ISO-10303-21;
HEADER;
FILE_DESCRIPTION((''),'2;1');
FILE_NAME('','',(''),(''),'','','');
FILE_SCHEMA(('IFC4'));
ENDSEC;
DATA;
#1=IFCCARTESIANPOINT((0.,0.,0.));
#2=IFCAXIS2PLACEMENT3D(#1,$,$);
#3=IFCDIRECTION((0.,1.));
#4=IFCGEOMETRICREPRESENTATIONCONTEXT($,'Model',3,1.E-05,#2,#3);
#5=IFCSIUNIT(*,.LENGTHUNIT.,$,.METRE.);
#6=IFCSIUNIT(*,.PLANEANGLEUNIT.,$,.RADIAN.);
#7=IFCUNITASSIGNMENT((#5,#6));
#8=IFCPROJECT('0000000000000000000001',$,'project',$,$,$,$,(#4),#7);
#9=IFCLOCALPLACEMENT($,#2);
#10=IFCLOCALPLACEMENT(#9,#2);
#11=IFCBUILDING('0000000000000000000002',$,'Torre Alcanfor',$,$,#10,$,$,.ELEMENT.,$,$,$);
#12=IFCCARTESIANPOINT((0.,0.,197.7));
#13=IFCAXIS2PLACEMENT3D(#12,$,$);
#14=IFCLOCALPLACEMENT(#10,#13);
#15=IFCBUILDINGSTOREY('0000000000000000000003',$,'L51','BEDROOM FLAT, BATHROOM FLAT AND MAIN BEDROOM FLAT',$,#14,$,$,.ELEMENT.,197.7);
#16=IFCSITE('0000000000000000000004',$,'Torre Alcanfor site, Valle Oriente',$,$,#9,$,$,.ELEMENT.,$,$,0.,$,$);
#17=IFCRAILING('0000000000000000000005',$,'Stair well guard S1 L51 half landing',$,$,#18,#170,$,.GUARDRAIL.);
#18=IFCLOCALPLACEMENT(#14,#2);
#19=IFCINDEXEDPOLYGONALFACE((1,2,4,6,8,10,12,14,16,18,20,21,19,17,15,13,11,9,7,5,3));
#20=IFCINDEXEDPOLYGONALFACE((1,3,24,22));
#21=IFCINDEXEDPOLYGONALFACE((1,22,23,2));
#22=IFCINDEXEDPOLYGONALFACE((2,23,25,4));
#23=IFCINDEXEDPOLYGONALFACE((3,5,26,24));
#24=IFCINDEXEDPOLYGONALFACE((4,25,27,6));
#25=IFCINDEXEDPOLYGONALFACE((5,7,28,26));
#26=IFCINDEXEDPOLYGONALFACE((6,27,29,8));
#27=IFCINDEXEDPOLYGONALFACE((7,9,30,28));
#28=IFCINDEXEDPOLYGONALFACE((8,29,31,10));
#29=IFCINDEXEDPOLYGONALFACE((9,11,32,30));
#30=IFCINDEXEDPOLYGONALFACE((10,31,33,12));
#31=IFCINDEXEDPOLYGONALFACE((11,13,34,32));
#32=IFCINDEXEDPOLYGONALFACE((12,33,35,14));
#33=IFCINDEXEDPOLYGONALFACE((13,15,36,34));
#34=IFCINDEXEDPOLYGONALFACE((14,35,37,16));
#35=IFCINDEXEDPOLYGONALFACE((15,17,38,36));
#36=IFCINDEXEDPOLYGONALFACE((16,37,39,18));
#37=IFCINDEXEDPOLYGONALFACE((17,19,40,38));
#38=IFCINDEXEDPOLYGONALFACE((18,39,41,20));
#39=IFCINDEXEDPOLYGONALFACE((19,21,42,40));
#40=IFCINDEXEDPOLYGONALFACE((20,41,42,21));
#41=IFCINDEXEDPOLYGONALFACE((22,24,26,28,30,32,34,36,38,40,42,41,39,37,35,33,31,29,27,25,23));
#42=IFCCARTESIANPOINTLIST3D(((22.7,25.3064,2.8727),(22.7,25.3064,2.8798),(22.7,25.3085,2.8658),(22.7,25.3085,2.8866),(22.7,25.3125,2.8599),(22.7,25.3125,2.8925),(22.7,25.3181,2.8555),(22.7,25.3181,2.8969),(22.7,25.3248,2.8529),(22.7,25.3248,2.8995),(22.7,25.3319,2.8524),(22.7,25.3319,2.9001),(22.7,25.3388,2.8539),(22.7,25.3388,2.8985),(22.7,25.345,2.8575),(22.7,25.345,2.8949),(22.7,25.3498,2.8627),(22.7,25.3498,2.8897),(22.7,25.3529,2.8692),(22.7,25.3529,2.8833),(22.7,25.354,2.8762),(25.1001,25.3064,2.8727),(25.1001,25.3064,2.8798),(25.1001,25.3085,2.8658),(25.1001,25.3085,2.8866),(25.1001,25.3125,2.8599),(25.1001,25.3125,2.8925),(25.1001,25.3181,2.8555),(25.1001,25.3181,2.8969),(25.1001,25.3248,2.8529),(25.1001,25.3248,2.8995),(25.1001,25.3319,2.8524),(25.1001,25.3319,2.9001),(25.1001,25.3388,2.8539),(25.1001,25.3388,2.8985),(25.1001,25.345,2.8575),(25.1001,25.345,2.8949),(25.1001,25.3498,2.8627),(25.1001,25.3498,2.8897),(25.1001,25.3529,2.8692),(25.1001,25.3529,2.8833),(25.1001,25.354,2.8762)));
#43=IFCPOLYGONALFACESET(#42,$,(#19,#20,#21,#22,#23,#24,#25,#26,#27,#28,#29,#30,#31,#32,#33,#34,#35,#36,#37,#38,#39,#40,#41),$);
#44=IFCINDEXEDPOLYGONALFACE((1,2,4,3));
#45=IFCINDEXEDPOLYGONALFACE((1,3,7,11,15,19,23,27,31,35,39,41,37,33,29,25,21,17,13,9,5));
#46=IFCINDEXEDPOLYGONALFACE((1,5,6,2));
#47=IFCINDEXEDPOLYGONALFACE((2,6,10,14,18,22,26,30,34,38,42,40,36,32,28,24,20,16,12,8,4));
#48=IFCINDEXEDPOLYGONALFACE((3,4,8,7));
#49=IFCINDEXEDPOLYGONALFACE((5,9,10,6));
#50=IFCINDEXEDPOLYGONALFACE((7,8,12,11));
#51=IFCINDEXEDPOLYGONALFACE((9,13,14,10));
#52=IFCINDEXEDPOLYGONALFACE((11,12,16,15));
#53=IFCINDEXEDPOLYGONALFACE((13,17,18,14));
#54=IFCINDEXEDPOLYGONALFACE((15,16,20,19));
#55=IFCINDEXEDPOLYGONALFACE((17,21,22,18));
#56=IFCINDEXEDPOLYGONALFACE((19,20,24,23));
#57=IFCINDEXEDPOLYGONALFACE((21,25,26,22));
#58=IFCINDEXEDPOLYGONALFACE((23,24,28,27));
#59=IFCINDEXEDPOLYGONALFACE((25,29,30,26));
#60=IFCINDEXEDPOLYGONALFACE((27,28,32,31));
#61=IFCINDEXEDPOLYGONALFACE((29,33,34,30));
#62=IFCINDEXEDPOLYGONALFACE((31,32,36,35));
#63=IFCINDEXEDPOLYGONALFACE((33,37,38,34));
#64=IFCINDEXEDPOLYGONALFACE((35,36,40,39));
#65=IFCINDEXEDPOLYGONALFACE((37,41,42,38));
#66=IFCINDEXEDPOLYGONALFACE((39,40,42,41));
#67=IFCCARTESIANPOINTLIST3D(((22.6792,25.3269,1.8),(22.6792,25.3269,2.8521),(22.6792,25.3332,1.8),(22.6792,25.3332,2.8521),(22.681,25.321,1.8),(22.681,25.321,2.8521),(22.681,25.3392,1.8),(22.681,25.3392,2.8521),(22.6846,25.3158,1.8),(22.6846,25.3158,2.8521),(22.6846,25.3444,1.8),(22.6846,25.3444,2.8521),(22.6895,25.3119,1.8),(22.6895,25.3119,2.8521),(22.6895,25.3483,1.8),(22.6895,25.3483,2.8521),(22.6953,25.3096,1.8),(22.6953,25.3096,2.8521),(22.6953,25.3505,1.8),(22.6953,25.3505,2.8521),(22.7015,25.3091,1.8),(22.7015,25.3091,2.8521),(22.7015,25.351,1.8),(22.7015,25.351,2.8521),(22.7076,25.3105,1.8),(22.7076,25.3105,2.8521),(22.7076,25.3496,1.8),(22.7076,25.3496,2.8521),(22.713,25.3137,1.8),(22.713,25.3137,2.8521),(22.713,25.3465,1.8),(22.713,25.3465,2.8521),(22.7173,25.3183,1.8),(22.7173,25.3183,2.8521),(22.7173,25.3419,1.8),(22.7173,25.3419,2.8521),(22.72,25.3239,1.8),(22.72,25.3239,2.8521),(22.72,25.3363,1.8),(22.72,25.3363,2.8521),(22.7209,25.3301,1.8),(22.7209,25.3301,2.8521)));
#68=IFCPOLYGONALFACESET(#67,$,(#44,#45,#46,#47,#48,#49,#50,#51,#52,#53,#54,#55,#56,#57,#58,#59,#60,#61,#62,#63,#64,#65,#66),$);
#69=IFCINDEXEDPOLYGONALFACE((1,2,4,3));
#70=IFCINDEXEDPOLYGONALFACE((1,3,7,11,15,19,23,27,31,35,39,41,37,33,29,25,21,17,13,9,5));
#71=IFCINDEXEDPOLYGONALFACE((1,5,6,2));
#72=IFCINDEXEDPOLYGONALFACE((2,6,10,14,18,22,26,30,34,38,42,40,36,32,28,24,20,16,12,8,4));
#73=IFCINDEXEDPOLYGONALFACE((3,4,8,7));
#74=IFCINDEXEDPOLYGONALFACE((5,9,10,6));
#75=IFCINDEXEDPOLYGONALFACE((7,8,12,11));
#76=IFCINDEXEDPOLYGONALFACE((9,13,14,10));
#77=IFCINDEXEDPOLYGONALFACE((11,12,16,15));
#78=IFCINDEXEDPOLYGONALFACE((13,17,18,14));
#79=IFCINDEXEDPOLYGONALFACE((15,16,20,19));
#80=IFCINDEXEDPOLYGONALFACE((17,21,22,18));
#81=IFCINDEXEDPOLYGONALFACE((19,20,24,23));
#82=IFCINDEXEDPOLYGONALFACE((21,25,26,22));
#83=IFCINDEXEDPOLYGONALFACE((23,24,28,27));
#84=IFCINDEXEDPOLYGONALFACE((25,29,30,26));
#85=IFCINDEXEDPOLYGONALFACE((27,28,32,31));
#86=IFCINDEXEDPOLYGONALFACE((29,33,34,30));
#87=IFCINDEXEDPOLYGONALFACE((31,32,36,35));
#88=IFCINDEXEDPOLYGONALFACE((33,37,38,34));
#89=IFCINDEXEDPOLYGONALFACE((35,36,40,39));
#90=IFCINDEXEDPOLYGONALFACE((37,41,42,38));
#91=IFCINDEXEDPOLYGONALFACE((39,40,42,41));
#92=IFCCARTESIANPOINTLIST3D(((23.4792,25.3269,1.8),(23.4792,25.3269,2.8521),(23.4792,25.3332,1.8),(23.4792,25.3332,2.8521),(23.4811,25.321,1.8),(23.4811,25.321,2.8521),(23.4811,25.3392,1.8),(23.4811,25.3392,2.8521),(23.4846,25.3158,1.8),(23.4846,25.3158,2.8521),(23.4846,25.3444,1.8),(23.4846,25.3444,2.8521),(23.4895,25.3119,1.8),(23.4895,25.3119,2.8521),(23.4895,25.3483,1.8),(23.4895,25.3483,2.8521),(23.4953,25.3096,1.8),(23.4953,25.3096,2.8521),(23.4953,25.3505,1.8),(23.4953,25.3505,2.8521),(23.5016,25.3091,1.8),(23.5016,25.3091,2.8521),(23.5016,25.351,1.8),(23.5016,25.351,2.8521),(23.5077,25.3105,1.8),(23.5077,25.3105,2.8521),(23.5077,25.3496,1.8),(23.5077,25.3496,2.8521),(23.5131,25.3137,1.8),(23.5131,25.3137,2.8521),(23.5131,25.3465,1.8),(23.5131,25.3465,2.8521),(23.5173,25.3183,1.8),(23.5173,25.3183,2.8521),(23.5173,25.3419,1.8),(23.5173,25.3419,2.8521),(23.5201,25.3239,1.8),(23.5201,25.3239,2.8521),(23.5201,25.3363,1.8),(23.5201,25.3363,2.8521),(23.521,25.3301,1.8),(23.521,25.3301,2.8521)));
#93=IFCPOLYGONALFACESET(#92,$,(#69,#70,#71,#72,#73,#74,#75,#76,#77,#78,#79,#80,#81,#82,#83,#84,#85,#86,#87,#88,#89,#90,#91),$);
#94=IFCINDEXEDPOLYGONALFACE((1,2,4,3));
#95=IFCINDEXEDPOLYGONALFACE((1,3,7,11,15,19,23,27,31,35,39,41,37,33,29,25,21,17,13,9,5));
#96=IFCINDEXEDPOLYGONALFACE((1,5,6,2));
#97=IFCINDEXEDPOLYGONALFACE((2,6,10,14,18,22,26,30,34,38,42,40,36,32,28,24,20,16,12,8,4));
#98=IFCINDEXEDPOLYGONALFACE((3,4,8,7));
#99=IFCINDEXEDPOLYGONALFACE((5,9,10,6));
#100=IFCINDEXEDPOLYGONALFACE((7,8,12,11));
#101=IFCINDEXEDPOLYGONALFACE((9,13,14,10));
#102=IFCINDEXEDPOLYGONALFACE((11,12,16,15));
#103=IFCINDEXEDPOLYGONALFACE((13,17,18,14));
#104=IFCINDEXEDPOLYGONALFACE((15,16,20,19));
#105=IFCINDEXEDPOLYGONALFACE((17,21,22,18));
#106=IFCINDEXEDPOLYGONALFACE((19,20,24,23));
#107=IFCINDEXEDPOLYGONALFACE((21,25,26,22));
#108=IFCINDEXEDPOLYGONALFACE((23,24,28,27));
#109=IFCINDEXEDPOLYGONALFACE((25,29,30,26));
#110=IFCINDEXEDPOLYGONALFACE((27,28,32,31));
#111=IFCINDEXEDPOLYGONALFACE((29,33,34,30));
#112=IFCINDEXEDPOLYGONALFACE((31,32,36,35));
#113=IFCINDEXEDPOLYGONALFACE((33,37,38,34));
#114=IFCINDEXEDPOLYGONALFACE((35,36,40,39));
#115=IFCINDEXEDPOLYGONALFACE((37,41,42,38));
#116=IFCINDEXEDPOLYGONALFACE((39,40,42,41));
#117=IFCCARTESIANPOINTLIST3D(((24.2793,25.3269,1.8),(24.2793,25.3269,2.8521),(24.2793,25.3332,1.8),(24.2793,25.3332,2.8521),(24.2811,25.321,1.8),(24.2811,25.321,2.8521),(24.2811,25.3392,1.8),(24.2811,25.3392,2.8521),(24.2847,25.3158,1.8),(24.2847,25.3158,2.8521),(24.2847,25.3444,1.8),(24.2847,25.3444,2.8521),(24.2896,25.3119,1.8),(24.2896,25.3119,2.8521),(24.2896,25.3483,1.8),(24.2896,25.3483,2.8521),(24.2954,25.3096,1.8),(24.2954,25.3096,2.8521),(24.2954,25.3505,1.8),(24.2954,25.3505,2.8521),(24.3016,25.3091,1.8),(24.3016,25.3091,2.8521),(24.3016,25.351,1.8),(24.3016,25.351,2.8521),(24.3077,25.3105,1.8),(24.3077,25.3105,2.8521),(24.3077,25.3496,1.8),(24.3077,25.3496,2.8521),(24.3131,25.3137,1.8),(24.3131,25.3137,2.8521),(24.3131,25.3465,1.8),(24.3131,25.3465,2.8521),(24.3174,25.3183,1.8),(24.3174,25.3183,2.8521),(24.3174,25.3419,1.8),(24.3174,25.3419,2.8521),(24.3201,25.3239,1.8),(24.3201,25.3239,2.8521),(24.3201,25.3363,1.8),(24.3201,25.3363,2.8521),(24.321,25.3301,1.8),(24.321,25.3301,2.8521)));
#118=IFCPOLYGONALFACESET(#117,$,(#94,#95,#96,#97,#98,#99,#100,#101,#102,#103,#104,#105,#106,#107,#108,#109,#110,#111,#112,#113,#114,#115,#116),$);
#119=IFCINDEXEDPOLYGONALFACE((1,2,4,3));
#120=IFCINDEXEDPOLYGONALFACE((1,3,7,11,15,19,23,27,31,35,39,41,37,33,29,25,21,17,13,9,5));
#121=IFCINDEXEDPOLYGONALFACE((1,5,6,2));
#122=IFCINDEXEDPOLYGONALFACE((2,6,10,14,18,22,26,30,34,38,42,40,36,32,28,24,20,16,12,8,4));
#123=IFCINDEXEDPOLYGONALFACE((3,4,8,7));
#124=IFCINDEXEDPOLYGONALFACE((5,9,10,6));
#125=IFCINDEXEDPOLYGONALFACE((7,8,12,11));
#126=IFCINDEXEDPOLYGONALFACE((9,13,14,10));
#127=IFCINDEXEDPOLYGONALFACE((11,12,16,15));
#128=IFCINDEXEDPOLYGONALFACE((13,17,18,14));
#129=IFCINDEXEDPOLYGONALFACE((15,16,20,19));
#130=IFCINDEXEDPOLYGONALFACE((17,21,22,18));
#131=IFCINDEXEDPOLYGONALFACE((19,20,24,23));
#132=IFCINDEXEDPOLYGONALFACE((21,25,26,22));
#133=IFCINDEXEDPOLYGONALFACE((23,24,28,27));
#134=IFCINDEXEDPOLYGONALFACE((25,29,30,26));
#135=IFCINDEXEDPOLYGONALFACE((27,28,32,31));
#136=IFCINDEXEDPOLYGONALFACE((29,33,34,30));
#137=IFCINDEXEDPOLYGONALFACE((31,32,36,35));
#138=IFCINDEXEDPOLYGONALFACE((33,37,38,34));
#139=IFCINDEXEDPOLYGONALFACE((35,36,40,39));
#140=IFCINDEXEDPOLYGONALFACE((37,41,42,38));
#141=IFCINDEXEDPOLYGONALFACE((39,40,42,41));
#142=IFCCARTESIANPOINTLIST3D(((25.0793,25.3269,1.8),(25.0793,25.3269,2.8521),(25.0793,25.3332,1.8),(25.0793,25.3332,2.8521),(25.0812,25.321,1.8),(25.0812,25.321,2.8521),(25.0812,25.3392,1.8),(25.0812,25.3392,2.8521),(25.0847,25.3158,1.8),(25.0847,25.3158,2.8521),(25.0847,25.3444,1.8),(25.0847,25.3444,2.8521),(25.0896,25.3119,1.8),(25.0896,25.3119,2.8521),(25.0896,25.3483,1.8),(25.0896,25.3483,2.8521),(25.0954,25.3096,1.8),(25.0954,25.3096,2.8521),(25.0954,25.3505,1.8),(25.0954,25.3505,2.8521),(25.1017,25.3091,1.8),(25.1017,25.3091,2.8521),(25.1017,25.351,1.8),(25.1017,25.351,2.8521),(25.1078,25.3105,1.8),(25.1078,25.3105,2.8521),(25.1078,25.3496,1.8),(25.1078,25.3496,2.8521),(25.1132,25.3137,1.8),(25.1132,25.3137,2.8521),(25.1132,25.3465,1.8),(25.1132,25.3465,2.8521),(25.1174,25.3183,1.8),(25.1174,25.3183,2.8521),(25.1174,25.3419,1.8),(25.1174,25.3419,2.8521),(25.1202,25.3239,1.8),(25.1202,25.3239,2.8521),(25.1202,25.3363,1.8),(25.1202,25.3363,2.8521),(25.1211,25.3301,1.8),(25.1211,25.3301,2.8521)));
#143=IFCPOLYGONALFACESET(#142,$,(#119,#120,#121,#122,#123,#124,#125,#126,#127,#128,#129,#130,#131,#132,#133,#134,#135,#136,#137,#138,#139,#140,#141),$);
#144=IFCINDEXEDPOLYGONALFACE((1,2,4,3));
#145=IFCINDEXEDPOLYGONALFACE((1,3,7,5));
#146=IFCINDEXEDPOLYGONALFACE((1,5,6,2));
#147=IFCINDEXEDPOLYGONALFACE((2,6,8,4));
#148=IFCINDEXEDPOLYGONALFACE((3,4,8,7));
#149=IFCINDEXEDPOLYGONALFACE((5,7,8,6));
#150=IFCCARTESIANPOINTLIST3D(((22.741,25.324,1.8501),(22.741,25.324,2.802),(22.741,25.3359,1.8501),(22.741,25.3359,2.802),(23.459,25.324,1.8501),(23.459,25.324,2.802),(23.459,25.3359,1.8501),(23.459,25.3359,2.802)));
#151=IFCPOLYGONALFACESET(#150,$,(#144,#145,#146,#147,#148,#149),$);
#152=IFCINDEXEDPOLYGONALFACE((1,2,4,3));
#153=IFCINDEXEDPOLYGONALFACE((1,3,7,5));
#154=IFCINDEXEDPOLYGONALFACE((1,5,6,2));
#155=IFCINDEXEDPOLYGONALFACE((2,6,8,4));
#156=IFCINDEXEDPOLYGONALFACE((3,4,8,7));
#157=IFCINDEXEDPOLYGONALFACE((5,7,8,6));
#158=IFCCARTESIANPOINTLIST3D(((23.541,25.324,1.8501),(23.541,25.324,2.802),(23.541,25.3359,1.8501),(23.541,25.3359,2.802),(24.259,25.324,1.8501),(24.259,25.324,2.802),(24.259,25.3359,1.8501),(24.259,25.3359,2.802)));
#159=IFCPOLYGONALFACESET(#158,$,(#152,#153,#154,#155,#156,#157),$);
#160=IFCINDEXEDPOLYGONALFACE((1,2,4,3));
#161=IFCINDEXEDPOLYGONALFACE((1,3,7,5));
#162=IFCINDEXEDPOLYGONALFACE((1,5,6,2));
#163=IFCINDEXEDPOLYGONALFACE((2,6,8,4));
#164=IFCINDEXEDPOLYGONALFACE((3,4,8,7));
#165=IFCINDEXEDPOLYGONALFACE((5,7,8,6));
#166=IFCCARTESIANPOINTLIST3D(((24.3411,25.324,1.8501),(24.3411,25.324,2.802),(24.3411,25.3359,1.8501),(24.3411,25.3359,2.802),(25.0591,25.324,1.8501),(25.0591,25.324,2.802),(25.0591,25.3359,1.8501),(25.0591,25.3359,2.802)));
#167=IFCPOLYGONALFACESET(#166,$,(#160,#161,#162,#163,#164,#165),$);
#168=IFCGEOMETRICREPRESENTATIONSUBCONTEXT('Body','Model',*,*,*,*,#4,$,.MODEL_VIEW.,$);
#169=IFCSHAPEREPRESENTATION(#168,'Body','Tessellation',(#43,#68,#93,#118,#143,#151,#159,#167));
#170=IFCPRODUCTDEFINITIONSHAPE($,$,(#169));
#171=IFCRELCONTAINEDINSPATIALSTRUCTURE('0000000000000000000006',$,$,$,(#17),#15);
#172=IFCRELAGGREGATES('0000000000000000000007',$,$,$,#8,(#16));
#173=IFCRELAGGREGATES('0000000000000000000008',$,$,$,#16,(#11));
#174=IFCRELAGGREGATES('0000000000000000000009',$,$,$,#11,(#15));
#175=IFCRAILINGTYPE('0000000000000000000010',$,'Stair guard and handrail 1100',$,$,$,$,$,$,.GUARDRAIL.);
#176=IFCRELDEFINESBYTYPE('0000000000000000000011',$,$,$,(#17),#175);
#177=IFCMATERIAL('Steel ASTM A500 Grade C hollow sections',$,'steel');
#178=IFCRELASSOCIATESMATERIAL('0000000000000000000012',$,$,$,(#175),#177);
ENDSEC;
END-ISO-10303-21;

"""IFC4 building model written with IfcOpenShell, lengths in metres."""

from ifc_helpers import new_model, si_unit, direction, frame, origin, origin_2d, place, context, subcontext, project, spatial, polyline, circle, outline, extrude, material, type_object, element, save


model = new_model("IFC4")

# Units and contexts
model_context = context("Model", 3, precision=1e-05, world=origin(), true_north=direction((0.0, 1.0)))
body_context = subcontext(model_context, "Body", "Model", "MODEL_VIEW")
ifc_project = project(units=[si_unit("LENGTHUNIT", "METRE"), si_unit("PLANEANGLEUNIT", "RADIAN")], contexts=[model_context])

# Site, building, storey
site_placement = place(None, origin())
site = spatial("IfcSite", under=ifc_project, at=site_placement, Name="Torre Alcanfor site, Valle Oriente", CompositionType="ELEMENT", RefElevation=0.0)
building_placement = place(site_placement, origin())
building = spatial("IfcBuilding", under=site, at=building_placement, Name="Torre Alcanfor", CompositionType="ELEMENT")
storey_placement = place(building_placement, frame((0.0, 0.0, 197.7)))
storey = spatial("IfcBuildingStorey", under=building, at=storey_placement, Name="L51", Description="BEDROOM FLAT, BATHROOM FLAT AND MAIN BEDROOM FLAT", CompositionType="ELEMENT", Elevation=197.7)

# Railing
ifc_material_1 = material(Name="Steel ASTM A500 Grade C hollow sections", Category="steel")
railing_type = type_object("IfcRailingType", Name="Stair guard and handrail 1100", PredefinedType="GUARDRAIL", material=ifc_material_1)
for number, where, name in (
    (1, (22.7, 25.3301, 1.8), "Stair well guard S1 L51 half landing"),
):
    element("IfcRailing", number, at=place(storey_placement, frame(where)), inside=storey, type_object=railing_type, Name=name, PredefinedType="GUARDRAIL", context=body_context, shape_type="SweptSolid", body=[
        extrude(circle(Radius=0.0239, at=origin_2d()), frame((0.0, 0.0, 1.0762), z_axis=(1.0, 0.0, 0.0), x_axis=(0.0, 1.0, 0.0)), (0.0, 0.0, 1.0), 2.4001),
        extrude(circle(Radius=0.021, at=origin_2d()), origin(), (0.0, 0.0, 1.0), 1.052),
        extrude(circle(Radius=0.021, at=origin_2d()), frame((0.8, 0.0, 0.0)), (0.0, 0.0, 1.0), 1.052),
        extrude(circle(Radius=0.021, at=origin_2d()), frame((1.6001, 0.0, 0.0)), (0.0, 0.0, 1.0), 1.052),
        extrude(circle(Radius=0.021, at=origin_2d()), frame((2.4001, 0.0, 0.0)), (0.0, 0.0, 1.0), 1.052),
        extrude(outline(polyline([(0.041, 0.05), (0.759, 0.05), (0.759, 1.002), (0.041, 1.002), (0.041, 0.05)])), frame((0.0, 0.0059, 0.0), z_axis=(0.0, -1.0, 0.0), x_axis=(1.0, 0.0, 0.0)), (0.0, 0.0, 1.0), 0.012),
        extrude(outline(polyline([(0.8411, 0.05), (1.5591, 0.05), (1.5591, 1.002), (0.8411, 1.002), (0.8411, 0.05)])), frame((0.0, 0.0059, 0.0), z_axis=(0.0, -1.0, 0.0), x_axis=(1.0, 0.0, 0.0)), (0.0, 0.0, 1.0), 0.012),
        extrude(outline(polyline([(1.6411, 0.05), (2.3591, 0.05), (2.3591, 1.002), (1.6411, 1.002), (1.6411, 0.05)])), frame((0.0, 0.0059, 0.0), z_axis=(0.0, -1.0, 0.0), x_axis=(1.0, 0.0, 0.0)), (0.0, 0.0, 1.0), 0.012),
    ])

save(model, "model.ifc")
